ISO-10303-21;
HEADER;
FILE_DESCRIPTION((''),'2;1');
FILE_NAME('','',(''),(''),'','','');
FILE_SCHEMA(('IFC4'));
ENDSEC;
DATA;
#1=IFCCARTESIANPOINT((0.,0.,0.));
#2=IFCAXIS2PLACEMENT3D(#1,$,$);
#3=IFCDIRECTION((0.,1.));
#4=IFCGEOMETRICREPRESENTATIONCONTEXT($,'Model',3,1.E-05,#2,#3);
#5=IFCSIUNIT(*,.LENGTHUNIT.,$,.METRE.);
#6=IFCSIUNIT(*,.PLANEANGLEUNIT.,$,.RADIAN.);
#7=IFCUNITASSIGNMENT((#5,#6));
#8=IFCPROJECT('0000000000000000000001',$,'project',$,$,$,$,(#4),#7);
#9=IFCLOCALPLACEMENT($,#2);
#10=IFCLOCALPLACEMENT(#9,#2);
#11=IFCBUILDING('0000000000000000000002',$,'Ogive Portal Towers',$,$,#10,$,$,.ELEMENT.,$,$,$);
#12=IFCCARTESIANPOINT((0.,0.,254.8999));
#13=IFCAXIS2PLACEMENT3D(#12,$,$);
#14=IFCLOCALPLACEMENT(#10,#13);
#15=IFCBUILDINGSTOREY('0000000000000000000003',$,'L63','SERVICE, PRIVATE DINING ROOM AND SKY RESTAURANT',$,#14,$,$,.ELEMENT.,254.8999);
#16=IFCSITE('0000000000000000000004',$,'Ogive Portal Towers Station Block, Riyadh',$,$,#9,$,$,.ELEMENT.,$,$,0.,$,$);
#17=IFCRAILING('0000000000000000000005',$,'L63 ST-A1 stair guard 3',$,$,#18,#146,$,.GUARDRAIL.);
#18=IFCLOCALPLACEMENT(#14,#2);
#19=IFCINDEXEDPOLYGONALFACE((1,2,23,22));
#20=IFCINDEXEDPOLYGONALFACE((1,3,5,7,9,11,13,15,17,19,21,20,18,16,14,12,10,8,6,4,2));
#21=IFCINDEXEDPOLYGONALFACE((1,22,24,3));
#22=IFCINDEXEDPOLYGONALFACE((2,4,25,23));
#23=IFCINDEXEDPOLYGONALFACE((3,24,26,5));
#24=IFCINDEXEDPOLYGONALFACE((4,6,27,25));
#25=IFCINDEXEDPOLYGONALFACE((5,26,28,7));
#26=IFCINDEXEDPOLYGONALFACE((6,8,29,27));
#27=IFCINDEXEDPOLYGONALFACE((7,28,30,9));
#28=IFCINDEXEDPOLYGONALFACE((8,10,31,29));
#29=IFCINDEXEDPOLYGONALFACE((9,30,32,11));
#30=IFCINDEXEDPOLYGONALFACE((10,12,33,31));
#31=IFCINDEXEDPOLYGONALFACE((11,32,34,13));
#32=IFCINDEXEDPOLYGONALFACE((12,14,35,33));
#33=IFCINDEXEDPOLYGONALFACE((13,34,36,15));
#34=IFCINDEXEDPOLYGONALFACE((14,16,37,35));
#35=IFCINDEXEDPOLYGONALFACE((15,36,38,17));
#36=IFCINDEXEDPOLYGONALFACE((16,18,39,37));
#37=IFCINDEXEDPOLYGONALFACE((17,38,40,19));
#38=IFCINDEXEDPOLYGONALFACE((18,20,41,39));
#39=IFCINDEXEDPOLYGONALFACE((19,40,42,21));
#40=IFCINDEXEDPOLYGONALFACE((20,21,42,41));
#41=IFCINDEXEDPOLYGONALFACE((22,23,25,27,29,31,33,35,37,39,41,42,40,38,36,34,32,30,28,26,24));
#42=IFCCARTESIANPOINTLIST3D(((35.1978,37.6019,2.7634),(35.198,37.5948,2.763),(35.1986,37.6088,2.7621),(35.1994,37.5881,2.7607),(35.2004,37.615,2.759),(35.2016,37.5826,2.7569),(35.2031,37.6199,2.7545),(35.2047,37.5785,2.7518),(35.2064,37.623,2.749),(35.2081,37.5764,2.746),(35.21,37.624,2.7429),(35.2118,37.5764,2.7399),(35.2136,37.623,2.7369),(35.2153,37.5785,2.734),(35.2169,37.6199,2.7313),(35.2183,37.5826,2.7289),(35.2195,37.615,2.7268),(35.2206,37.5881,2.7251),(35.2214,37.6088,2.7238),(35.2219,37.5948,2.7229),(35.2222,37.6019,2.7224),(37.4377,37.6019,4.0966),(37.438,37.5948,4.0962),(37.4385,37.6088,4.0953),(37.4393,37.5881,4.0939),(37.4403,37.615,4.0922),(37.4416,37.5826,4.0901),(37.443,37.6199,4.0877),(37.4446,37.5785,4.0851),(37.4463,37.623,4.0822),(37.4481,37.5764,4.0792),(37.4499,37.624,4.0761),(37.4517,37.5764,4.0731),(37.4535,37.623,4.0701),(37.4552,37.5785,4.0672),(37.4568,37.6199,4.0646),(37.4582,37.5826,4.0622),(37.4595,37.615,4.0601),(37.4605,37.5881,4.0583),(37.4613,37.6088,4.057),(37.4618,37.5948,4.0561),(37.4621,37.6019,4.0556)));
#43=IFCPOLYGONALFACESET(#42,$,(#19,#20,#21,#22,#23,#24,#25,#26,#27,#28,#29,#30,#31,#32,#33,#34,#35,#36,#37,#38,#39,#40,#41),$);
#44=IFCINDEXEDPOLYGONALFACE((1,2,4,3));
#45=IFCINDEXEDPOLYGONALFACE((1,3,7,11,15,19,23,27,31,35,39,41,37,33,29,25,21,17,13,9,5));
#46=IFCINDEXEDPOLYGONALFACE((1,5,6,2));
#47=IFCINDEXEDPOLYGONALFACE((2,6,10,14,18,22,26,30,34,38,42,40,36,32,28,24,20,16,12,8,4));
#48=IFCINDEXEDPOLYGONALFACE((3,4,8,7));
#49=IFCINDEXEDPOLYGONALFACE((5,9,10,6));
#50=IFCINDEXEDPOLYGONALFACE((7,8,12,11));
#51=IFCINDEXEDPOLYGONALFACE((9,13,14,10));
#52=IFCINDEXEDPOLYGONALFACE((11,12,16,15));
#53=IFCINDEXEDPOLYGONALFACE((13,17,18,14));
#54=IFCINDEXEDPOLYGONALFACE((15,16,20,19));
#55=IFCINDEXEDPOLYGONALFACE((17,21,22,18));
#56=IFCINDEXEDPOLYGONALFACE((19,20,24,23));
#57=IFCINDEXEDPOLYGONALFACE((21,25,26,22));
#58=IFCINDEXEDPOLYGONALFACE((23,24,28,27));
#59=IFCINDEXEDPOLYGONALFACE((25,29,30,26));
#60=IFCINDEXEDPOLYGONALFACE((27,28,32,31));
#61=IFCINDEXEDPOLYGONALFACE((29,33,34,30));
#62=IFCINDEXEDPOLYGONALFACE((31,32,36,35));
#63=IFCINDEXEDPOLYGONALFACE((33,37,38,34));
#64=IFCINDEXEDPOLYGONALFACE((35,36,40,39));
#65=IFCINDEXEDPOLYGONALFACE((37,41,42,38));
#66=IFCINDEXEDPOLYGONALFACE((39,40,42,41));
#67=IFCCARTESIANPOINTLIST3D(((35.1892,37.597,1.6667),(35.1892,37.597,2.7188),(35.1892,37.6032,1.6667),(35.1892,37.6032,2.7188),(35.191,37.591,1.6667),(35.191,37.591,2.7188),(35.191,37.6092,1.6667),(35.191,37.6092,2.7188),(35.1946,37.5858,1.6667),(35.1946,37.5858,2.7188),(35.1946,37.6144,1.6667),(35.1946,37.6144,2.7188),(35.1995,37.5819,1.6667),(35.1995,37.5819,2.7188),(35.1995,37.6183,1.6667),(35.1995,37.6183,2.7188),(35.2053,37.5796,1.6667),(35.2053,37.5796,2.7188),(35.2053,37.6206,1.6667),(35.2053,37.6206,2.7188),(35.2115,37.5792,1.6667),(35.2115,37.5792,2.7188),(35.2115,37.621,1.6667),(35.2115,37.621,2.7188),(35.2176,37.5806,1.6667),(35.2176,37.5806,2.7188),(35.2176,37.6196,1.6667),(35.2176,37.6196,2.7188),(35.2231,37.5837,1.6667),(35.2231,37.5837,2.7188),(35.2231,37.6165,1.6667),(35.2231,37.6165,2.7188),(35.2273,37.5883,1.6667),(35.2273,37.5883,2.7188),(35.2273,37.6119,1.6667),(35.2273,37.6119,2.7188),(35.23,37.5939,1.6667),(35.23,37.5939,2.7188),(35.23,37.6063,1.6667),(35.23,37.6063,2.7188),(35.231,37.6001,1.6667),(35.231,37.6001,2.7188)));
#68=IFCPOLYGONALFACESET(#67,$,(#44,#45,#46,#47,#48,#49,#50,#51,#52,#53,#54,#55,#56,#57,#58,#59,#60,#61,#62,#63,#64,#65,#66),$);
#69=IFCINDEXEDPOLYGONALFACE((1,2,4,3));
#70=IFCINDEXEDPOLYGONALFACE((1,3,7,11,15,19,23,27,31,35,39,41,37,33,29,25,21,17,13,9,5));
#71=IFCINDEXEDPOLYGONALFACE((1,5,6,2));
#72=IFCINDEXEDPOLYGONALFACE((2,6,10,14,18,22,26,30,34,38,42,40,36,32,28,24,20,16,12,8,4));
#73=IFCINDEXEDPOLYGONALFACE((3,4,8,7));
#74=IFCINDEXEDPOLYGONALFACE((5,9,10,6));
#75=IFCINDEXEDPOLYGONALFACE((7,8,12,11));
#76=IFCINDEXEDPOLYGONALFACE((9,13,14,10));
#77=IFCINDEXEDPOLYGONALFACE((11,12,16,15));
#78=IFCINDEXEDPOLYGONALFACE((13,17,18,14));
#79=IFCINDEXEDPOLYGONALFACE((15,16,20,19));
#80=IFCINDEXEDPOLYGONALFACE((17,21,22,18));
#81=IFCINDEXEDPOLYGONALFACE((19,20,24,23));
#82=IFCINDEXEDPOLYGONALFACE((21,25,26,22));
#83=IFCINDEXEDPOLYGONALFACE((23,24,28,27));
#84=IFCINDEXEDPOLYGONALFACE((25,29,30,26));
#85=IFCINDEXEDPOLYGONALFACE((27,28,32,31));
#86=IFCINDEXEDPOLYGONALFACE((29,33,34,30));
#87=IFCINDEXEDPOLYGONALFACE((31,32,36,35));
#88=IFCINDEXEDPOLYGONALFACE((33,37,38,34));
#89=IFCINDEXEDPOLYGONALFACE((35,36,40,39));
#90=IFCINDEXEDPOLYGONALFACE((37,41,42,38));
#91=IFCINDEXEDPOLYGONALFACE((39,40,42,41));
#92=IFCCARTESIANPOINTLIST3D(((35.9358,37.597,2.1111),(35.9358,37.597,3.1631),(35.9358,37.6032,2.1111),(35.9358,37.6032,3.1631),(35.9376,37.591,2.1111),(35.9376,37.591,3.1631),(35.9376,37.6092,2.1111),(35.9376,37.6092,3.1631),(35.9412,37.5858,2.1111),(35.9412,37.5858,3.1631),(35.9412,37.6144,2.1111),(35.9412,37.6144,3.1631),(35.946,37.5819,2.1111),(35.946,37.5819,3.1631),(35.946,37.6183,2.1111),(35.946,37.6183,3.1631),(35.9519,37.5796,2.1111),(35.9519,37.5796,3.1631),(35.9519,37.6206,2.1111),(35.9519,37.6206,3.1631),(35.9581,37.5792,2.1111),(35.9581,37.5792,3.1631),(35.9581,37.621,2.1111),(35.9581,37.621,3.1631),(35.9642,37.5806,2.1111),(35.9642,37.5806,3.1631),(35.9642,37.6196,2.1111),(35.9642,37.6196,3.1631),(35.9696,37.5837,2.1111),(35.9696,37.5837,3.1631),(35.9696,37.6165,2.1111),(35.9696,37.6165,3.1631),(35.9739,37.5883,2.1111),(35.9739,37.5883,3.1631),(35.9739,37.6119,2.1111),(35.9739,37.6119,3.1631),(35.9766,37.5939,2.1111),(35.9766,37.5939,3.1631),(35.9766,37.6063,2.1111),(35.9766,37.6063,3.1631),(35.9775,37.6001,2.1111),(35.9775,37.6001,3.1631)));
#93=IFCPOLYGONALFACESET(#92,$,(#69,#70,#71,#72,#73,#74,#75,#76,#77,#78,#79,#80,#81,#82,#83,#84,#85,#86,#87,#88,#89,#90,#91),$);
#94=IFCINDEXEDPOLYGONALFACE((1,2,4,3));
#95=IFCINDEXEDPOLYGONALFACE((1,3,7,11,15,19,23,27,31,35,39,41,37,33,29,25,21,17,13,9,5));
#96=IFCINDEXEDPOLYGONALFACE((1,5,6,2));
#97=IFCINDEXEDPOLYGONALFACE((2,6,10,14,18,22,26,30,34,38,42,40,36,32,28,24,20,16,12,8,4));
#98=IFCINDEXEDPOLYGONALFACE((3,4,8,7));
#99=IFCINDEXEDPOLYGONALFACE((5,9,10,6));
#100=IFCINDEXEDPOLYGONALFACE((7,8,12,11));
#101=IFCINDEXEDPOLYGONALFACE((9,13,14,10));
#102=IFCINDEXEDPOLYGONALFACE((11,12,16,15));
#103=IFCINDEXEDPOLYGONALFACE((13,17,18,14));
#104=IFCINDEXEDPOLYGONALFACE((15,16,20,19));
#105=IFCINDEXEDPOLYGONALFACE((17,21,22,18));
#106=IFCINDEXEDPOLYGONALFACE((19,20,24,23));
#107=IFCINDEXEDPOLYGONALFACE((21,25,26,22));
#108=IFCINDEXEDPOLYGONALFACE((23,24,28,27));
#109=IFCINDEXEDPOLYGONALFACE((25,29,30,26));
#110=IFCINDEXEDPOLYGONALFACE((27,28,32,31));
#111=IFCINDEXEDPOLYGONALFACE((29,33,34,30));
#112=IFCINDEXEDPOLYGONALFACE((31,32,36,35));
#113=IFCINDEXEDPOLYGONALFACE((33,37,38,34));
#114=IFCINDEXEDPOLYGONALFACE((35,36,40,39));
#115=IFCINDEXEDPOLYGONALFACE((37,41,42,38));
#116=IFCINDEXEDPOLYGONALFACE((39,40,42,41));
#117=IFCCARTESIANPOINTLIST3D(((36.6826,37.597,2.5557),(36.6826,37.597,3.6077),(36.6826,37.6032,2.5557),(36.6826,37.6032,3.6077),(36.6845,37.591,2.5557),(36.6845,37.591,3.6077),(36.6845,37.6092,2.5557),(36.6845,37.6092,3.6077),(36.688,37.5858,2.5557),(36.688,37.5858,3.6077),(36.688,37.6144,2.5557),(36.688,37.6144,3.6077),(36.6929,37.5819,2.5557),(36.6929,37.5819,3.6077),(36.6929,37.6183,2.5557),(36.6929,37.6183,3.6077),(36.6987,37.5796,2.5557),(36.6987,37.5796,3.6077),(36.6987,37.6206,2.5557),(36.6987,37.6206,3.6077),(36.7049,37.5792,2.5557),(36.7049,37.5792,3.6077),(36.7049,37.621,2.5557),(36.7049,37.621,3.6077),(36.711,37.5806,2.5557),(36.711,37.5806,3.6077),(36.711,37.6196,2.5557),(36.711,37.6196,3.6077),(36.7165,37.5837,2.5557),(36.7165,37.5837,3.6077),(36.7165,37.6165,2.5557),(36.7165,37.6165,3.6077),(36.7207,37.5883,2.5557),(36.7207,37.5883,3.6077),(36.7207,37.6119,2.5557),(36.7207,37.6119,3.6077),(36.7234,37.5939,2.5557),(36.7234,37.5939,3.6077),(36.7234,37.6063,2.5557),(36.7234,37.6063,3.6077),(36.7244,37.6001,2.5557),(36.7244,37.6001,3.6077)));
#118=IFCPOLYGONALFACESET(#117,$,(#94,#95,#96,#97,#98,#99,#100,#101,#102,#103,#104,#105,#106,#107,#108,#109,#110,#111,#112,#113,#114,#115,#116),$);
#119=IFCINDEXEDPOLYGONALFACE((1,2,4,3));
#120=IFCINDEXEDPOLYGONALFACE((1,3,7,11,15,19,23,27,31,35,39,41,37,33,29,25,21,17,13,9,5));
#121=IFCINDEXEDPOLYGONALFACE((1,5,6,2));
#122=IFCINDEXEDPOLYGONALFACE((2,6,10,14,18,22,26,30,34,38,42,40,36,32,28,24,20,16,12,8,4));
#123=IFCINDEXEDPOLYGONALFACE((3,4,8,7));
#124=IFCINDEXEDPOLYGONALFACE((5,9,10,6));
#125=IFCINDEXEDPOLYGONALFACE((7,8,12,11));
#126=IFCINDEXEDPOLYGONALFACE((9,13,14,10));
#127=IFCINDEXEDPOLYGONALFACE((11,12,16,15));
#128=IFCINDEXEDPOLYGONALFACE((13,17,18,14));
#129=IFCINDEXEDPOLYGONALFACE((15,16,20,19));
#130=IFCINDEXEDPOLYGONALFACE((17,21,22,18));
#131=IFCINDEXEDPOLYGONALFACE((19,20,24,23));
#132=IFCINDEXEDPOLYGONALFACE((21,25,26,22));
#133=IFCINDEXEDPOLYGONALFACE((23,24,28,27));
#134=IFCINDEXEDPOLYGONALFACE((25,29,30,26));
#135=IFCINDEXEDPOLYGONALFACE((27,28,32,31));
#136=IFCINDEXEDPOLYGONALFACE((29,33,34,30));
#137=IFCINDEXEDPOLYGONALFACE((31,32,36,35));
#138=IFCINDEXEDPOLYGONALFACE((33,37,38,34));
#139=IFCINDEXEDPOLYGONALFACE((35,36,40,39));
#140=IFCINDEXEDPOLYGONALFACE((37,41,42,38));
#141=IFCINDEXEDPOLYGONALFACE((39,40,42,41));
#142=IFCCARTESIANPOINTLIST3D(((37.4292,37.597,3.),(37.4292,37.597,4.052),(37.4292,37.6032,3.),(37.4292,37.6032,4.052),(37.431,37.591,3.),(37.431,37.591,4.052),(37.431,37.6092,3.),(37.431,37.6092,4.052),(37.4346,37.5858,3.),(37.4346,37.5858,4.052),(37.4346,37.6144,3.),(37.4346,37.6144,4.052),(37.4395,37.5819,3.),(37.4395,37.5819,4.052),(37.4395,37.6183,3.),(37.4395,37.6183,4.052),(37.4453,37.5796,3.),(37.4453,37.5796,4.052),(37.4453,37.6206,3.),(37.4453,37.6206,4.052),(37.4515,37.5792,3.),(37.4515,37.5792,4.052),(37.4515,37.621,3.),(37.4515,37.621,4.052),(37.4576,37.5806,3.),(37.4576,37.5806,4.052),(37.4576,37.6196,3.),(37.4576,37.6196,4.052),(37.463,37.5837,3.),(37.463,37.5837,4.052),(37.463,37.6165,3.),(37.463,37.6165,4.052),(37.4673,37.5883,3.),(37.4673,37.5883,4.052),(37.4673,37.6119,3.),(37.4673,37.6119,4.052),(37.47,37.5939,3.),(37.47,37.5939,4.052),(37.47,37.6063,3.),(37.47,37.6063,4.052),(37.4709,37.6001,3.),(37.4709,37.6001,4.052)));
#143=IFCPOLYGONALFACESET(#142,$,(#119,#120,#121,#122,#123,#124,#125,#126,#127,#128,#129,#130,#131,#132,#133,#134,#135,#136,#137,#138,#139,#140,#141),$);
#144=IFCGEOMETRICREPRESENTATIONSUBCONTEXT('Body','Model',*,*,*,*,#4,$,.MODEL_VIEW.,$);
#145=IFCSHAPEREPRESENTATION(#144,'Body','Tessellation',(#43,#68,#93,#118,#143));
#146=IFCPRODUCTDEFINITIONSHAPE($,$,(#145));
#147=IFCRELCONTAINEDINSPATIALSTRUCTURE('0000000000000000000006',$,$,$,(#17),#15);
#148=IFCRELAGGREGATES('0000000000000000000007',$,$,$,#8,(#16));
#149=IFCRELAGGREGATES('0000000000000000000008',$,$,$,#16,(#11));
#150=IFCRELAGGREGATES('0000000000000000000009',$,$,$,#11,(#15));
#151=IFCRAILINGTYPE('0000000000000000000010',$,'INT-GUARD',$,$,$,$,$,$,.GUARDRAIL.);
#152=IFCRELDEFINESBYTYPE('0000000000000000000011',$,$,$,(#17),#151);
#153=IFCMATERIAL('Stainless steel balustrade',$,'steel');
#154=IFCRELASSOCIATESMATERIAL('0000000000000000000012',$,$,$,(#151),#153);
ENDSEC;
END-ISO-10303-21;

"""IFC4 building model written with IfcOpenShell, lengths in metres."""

from ifc_helpers import new_model, si_unit, direction, frame, origin, origin_2d, place, context, subcontext, project, spatial, circle, extrude, material, type_object, element, save


model = new_model("IFC4")

# Units and contexts
model_context = context("Model", 3, precision=1e-05, world=origin(), true_north=direction((0.0, 1.0)))
body_context = subcontext(model_context, "Body", "Model", "MODEL_VIEW")
ifc_project = project(units=[si_unit("LENGTHUNIT", "METRE"), si_unit("PLANEANGLEUNIT", "RADIAN")], contexts=[model_context])

# Site, building, storey
site_placement = place(None, origin())
site = spatial("IfcSite", under=ifc_project, at=site_placement, Name="Ogive Portal Towers Station Block, Riyadh", CompositionType="ELEMENT", RefElevation=0.0)
building_placement = place(site_placement, origin())
building = spatial("IfcBuilding", under=site, at=building_placement, Name="Ogive Portal Towers", CompositionType="ELEMENT")
storey_placement = place(building_placement, frame((0.0, 0.0, 254.8999)))
storey = spatial("IfcBuildingStorey", under=building, at=storey_placement, Name="L63", Description="SERVICE, PRIVATE DINING ROOM AND SKY RESTAURANT", CompositionType="ELEMENT", Elevation=254.8999)

# Railing
ifc_material_1 = material(Name="Stainless steel balustrade", Category="steel")
railing_type_1 = type_object("IfcRailingType", Name="INT-GUARD", PredefinedType="GUARDRAIL", material=ifc_material_1)
railing_1_placement = place(storey_placement, frame((35.21, 37.6001, 1.6667)))
element("IfcRailing", 1, at=railing_1_placement, inside=storey, type_object=railing_type_1, Name="L63 ST-A1 stair guard 3", PredefinedType="GUARDRAIL", context=body_context, shape_type="SweptSolid", body=[
    extrude(circle(Radius=0.0239, at=origin_2d()), frame((0.0, 0.0, 1.0762), z_axis=(0.859306, 0.0, 0.511462), x_axis=(0.0, 1.0, 0.0)), (0.0, 0.0, 1.0), 2.6067),
    extrude(circle(Radius=0.021, at=origin_2d()), origin(), (0.0, 0.0, 1.0), 1.052),
    extrude(circle(Radius=0.021, at=origin_2d()), frame((0.7466, 0.0, 0.4443)), (0.0, 0.0, 1.0), 1.052),
    extrude(circle(Radius=0.021, at=origin_2d()), frame((1.4934, 0.0, 0.8889)), (0.0, 0.0, 1.0), 1.052),
    extrude(circle(Radius=0.021, at=origin_2d()), frame((2.24, 0.0, 1.3333)), (0.0, 0.0, 1.0), 1.052),
])

save(model, "model.ifc")
